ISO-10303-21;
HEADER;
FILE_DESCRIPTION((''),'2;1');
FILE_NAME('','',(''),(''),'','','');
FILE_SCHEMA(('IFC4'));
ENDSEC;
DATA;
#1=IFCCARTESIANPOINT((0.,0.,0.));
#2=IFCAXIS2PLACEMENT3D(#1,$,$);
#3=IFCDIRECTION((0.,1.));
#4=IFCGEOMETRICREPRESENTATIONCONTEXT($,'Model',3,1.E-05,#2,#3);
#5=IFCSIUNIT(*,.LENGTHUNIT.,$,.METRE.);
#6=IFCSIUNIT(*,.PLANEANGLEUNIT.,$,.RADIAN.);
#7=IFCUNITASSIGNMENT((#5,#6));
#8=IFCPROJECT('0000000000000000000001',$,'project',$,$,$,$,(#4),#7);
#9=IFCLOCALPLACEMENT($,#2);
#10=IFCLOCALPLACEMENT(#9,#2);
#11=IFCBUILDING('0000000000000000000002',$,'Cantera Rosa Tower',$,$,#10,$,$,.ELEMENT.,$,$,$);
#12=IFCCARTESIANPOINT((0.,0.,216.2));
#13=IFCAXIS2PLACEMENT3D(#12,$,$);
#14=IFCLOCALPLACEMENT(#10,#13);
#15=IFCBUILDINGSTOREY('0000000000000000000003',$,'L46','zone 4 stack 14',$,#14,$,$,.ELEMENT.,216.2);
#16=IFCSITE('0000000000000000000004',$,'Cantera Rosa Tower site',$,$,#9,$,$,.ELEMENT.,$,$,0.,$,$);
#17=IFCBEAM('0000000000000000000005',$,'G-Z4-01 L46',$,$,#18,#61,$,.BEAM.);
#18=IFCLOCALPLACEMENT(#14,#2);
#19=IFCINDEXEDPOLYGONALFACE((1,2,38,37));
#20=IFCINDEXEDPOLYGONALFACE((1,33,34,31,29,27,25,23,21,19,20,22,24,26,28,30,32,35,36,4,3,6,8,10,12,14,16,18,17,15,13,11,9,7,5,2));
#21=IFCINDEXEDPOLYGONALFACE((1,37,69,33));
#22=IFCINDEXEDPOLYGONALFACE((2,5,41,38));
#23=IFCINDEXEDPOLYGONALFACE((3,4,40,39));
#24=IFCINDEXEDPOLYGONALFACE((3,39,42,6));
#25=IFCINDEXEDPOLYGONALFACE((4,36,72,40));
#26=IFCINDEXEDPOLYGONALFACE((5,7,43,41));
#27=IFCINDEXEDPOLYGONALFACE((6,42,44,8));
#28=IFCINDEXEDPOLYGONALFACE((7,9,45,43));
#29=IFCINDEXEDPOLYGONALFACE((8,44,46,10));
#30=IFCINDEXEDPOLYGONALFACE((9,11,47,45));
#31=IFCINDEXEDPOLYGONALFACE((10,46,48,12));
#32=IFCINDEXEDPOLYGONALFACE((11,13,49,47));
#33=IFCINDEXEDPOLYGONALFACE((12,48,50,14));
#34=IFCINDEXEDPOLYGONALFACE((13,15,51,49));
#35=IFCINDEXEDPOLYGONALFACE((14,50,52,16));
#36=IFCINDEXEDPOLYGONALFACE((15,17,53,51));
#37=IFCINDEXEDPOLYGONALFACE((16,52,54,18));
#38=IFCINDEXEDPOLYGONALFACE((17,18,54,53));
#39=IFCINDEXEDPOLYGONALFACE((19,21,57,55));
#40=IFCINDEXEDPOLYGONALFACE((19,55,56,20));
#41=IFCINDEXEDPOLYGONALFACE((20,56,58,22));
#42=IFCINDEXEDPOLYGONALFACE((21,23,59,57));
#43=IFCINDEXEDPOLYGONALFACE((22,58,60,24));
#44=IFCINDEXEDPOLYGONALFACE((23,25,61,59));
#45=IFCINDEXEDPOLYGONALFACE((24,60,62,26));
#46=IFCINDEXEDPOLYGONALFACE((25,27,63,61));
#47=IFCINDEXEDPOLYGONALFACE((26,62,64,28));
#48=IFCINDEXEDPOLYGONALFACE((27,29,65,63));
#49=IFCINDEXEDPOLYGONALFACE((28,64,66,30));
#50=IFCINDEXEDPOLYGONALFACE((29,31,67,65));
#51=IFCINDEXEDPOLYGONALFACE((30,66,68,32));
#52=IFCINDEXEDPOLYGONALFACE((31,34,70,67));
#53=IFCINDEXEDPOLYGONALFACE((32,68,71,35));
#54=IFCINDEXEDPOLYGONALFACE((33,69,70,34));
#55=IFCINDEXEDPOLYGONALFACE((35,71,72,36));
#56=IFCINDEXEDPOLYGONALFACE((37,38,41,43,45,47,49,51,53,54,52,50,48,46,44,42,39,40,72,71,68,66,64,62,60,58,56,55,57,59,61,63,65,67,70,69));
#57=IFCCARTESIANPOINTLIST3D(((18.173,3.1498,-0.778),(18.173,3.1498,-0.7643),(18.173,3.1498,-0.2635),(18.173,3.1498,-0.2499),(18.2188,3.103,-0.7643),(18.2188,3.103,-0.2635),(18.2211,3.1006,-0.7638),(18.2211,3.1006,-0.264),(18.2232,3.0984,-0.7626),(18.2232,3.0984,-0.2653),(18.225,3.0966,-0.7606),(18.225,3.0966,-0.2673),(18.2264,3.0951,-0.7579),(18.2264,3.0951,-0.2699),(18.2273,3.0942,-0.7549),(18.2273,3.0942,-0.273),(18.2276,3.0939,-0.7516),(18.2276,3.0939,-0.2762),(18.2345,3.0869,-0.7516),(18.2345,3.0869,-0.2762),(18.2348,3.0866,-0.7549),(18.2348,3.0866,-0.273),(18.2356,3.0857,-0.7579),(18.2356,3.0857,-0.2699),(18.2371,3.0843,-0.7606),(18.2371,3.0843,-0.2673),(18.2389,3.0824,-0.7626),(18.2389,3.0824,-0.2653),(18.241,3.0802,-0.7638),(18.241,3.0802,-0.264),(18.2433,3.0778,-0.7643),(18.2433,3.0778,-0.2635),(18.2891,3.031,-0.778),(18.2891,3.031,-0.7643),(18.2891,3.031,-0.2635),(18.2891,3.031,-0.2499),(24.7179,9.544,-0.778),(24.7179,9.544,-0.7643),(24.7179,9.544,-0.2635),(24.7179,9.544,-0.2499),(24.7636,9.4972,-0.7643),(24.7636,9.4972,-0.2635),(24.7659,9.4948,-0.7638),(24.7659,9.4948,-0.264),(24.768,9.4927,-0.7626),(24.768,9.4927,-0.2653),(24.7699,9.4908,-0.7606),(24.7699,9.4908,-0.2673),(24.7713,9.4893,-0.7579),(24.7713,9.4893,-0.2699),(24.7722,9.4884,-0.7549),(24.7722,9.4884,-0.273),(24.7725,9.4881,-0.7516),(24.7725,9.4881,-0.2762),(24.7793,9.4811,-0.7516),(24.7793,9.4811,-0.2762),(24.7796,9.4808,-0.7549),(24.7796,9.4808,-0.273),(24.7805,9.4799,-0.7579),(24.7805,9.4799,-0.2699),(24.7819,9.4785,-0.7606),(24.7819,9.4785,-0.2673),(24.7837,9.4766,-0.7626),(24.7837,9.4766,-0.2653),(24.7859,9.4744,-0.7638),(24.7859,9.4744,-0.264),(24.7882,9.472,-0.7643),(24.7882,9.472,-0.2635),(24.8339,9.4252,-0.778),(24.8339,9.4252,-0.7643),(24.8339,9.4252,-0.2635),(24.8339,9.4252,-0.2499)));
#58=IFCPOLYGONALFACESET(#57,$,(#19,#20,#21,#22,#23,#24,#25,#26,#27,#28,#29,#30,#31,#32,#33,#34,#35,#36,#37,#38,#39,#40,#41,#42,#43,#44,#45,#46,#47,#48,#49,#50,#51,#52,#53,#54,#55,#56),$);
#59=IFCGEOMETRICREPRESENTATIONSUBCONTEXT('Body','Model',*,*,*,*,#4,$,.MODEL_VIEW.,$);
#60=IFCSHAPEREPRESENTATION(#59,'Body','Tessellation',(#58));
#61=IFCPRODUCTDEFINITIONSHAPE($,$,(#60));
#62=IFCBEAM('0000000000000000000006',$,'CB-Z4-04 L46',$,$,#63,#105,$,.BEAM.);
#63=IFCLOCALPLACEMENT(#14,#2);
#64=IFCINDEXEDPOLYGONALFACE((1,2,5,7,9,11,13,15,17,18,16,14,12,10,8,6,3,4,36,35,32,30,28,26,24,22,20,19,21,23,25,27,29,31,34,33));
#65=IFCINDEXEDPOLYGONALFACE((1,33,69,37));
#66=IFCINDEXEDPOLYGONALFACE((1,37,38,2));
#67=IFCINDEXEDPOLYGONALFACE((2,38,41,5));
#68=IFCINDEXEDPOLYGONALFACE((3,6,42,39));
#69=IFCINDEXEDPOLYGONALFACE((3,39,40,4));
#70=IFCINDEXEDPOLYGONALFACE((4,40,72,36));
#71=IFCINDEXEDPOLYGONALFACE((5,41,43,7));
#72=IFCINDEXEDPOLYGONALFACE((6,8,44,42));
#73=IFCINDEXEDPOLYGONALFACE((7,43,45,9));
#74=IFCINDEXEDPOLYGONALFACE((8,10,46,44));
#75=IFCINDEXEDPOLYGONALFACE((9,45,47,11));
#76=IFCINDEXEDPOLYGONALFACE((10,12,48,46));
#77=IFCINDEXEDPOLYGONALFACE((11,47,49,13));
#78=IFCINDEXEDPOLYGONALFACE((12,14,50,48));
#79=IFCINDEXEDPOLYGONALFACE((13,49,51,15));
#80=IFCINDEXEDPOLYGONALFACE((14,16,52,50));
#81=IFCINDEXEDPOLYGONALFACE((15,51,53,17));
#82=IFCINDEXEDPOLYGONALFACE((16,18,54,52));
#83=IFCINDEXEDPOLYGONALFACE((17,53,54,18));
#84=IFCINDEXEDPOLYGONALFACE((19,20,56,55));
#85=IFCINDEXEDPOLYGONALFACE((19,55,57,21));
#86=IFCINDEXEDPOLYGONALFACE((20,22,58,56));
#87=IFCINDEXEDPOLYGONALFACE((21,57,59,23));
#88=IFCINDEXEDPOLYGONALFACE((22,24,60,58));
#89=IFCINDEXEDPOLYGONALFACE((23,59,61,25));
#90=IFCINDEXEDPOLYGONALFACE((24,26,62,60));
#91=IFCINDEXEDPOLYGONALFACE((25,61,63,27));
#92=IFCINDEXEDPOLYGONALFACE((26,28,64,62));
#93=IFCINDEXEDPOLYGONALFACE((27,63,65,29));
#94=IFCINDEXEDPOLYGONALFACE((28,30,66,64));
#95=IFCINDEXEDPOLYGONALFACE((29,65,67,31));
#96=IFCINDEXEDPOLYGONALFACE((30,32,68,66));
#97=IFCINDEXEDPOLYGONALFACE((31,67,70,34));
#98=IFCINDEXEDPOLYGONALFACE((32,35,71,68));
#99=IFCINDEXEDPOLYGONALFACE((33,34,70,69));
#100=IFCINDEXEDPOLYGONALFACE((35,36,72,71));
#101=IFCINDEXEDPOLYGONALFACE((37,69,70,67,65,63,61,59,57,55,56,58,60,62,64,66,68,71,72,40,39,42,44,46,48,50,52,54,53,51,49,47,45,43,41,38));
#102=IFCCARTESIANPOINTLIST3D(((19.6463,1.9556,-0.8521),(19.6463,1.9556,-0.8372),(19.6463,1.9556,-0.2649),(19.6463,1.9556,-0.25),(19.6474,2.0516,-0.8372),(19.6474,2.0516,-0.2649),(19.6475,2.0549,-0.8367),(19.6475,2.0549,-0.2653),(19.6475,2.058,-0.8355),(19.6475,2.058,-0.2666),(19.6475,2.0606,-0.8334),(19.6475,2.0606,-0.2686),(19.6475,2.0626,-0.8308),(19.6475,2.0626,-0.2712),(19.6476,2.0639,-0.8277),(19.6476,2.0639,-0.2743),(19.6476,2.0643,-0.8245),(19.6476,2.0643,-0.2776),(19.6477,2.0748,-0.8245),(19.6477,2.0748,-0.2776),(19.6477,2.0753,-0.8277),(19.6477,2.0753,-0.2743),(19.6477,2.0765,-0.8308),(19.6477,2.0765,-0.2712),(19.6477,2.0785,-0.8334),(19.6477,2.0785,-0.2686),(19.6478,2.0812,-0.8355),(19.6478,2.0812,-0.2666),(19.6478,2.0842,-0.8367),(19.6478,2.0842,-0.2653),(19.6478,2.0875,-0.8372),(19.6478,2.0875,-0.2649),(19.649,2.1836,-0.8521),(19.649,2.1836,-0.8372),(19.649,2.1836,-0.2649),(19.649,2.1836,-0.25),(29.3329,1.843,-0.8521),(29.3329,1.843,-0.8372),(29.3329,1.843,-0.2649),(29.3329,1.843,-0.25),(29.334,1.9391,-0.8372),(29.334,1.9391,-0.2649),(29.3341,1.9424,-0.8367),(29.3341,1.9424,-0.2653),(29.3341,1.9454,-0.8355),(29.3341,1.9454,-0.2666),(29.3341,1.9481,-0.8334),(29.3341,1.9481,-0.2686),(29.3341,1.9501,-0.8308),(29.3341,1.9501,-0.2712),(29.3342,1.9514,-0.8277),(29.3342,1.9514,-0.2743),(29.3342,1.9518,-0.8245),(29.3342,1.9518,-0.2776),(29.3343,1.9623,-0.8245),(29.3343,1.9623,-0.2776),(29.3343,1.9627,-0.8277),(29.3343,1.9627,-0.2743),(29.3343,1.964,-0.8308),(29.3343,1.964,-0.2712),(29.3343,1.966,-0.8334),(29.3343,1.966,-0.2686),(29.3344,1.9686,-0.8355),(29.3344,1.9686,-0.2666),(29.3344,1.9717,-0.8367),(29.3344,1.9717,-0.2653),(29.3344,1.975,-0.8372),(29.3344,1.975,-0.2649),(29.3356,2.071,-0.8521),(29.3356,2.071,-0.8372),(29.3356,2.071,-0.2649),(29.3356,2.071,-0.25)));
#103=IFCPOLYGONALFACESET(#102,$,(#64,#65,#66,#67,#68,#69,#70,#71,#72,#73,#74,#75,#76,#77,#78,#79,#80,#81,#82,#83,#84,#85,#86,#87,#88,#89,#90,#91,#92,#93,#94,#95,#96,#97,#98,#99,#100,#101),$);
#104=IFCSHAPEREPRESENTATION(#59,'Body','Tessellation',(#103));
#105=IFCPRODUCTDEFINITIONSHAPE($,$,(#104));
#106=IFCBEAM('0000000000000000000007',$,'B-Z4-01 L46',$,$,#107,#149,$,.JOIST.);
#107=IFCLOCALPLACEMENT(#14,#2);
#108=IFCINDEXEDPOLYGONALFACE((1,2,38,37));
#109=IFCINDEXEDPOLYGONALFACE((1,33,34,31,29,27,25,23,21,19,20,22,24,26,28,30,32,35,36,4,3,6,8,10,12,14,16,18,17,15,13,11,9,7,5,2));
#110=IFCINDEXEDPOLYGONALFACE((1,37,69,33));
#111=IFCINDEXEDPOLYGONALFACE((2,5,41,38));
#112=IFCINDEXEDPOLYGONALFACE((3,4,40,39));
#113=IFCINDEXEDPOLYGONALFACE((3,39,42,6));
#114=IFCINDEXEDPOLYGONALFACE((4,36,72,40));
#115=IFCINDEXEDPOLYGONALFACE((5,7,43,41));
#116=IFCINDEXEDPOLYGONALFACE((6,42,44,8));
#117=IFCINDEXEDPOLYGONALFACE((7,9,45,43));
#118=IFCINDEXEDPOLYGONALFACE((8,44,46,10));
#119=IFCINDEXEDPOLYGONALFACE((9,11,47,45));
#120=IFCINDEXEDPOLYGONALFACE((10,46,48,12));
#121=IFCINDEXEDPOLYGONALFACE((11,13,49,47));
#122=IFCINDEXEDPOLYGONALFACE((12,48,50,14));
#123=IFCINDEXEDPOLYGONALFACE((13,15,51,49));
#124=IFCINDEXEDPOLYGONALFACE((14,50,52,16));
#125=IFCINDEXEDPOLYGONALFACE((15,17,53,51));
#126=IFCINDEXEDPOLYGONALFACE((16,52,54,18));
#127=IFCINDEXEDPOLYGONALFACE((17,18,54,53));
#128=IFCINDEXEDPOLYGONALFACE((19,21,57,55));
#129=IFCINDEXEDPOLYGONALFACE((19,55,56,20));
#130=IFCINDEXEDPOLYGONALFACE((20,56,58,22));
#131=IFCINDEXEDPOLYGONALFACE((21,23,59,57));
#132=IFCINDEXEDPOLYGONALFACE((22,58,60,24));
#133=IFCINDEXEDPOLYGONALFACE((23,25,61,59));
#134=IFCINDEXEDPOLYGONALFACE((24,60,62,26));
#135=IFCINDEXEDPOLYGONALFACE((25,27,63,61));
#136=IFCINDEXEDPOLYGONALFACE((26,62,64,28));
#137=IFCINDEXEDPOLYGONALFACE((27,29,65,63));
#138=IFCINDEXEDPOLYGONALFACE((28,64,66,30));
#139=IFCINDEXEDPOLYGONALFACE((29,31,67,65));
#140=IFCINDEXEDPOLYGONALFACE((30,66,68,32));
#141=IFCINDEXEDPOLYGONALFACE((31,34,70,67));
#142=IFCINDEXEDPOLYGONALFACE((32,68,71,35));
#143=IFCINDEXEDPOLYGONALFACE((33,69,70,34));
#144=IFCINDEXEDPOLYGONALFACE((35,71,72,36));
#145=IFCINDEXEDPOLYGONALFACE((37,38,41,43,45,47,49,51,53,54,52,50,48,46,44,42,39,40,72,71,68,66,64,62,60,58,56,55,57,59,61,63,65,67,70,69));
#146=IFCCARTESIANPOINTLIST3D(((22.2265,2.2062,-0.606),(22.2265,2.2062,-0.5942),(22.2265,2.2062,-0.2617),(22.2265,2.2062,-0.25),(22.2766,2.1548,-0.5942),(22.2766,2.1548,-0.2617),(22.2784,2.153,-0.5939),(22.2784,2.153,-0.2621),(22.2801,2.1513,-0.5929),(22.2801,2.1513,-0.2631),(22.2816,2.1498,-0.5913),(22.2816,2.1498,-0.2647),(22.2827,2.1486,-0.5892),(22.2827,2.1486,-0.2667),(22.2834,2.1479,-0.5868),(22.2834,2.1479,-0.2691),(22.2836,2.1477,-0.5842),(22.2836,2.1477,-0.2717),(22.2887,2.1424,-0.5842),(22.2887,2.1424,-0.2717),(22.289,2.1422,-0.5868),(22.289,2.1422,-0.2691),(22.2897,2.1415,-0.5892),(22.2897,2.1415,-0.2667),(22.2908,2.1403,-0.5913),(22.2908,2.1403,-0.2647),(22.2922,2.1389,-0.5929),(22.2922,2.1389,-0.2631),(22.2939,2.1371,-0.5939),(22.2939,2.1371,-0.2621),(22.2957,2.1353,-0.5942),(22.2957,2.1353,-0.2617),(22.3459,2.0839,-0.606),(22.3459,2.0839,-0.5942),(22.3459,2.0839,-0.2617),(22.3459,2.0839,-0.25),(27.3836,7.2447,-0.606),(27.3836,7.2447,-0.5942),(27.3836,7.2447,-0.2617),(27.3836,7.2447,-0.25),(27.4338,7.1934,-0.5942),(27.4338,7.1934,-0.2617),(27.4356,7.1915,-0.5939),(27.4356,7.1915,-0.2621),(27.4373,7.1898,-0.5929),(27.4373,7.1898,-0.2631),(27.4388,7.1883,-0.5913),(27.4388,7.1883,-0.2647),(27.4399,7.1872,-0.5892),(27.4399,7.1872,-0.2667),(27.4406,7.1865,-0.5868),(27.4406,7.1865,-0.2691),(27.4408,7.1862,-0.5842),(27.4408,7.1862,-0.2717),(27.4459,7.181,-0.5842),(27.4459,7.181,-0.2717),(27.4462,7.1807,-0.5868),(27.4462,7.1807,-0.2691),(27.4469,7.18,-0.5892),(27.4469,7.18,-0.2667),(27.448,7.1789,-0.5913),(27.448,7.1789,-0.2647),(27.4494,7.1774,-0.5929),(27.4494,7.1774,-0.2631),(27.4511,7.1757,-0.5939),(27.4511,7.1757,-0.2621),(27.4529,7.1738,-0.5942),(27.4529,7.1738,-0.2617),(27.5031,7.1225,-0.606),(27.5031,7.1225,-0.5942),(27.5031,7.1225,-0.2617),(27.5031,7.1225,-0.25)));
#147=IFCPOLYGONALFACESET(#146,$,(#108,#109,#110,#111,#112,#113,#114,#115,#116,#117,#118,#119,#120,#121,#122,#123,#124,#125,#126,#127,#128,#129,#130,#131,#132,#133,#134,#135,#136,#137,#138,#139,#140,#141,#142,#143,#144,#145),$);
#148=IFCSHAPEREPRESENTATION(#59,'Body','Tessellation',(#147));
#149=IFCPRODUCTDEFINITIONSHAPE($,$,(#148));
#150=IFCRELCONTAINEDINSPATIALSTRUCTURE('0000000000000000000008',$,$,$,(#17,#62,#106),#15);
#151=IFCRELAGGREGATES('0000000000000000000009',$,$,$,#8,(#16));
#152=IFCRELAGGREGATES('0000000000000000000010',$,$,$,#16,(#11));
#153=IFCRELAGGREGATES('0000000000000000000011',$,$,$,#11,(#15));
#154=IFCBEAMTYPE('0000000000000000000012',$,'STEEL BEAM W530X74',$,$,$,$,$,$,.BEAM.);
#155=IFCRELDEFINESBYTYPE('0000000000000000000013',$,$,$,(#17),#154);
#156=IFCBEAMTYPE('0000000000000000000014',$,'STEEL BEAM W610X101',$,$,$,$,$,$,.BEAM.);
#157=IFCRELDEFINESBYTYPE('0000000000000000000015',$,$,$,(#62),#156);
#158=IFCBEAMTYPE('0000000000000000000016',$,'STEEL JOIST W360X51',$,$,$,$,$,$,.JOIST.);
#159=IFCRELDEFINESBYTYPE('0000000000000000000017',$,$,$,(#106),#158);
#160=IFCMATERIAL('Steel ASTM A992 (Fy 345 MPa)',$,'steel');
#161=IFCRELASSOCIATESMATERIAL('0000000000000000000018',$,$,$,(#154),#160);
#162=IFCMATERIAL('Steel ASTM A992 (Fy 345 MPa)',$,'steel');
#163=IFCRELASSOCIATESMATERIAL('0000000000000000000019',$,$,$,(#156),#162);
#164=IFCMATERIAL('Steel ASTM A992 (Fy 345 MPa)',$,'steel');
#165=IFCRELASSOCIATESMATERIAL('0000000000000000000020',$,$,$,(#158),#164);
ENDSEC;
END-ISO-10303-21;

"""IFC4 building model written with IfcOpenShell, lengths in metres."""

from ifc_helpers import new_model, si_unit, direction, frame, origin, origin_2d, place, context, subcontext, project, spatial, i_section, extrude, material, material_profile, profile_set, type_object, element, save


model = new_model("IFC4")

# Units and contexts
model_context = context("Model", 3, precision=1e-05, world=origin(), true_north=direction((0.0, 1.0)))
body_context = subcontext(model_context, "Body", "Model", "MODEL_VIEW")
ifc_project = project(units=[si_unit("LENGTHUNIT", "METRE"), si_unit("PLANEANGLEUNIT", "RADIAN")], contexts=[model_context])

# Site, building, storey
site_placement = place(None, origin())
site = spatial("IfcSite", under=ifc_project, at=site_placement, Name="Cantera Rosa Tower site", CompositionType="ELEMENT", RefElevation=0.0)
building_placement = place(site_placement, origin())
building = spatial("IfcBuilding", under=site, at=building_placement, Name="Cantera Rosa Tower", CompositionType="ELEMENT")
storey_placement = place(building_placement, frame((0.0, 0.0, 216.2)))
storey = spatial("IfcBuildingStorey", under=building, at=storey_placement, Name="L46", Description="zone 4 stack 14", CompositionType="ELEMENT", Elevation=216.2)

# Beams
ifc_material_1 = material(Name="Steel ASTM A992 (Fy 345 MPa)", Category="steel")
ifc_material_profile_1 = material_profile(ifc_material_1, i_section(OverallWidth=0.166, OverallDepth=0.5281, WebThickness=0.0098, FlangeThickness=0.0137, FilletRadius=0.0127, at=origin_2d()), Name="W530X74")
ifc_profile_set_1 = profile_set([ifc_material_profile_1], Name="Steel ASTM A992 (Fy 345 MPa)")
beam_type_1 = type_object("IfcBeamType", Name="STEEL BEAM W530X74", PredefinedType="BEAM", material=ifc_profile_set_1)
beam_1_placement = place(storey_placement, frame((24.7759, 9.4846, -0.5139), z_axis=(-0.71529, -0.698827, 0.0), x_axis=(0.698827, -0.71529, 0.0)))
element("IfcBeam", 1, at=beam_1_placement, inside=storey, type_object=beam_type_1, Name="G-Z4-01 L46", PredefinedType="BEAM", context=body_context, shape_type="SweptSolid", body=[
    extrude(i_section(OverallWidth=0.166, OverallDepth=0.5281, WebThickness=0.0098, FlangeThickness=0.0137, FilletRadius=0.0127, at=origin_2d()), origin(), (0.0, 0.0, 1.0), 9.1499),
])
ifc_material_2 = material(Name="Steel ASTM A992 (Fy 345 MPa)", Category="steel")
ifc_material_profile_2 = material_profile(ifc_material_2, i_section(OverallWidth=0.228, OverallDepth=0.6021, WebThickness=0.0105, FlangeThickness=0.0149, FilletRadius=0.0127, at=origin_2d()), Name="W610X101")
ifc_profile_set_2 = profile_set([ifc_material_profile_2], Name="Steel ASTM A992 (Fy 345 MPa)")
beam_type_2 = type_object("IfcBeamType", Name="STEEL BEAM W610X101", PredefinedType="BEAM", material=ifc_profile_set_2)
beam_2_placement = place(storey_placement, frame((29.3342, 1.957, -0.551), z_axis=(-0.999933, 0.011618, 0.0), x_axis=(-0.011618, -0.999933, 0.0)))
element("IfcBeam", 2, at=beam_2_placement, inside=storey, type_object=beam_type_2, Name="CB-Z4-04 L46", PredefinedType="BEAM", context=body_context, shape_type="SweptSolid", body=[
    extrude(i_section(OverallWidth=0.228, OverallDepth=0.6021, WebThickness=0.0105, FlangeThickness=0.0149, FilletRadius=0.0127, at=origin_2d()), origin(), (0.0, 0.0, 1.0), 9.6873),
])
ifc_material_3 = material(Name="Steel ASTM A992 (Fy 345 MPa)", Category="steel")
ifc_material_profile_3 = material_profile(ifc_material_3, i_section(OverallWidth=0.1709, OverallDepth=0.356, WebThickness=0.0073, FlangeThickness=0.0117, FilletRadius=0.01, at=origin_2d()), Name="W360X51")
ifc_profile_set_3 = profile_set([ifc_material_profile_3], Name="Steel ASTM A992 (Fy 345 MPa)")
beam_type_3 = type_object("IfcBeamType", Name="STEEL JOIST W360X51", PredefinedType="JOIST", material=ifc_profile_set_3)
beam_3_placement = place(storey_placement, frame((27.4434, 7.1836, -0.428), z_axis=(-0.715287, -0.698831, 0.0), x_axis=(0.698831, -0.715287, 0.0)))
element("IfcBeam", 3, at=beam_3_placement, inside=storey, type_object=beam_type_3, Name="B-Z4-01 L46", PredefinedType="JOIST", context=body_context, shape_type="SweptSolid", body=[
    extrude(i_section(OverallWidth=0.1709, OverallDepth=0.356, WebThickness=0.0073, FlangeThickness=0.0117, FilletRadius=0.01, at=origin_2d()), origin(), (0.0, 0.0, 1.0), 7.21),
])

save(model, "model.ifc")
